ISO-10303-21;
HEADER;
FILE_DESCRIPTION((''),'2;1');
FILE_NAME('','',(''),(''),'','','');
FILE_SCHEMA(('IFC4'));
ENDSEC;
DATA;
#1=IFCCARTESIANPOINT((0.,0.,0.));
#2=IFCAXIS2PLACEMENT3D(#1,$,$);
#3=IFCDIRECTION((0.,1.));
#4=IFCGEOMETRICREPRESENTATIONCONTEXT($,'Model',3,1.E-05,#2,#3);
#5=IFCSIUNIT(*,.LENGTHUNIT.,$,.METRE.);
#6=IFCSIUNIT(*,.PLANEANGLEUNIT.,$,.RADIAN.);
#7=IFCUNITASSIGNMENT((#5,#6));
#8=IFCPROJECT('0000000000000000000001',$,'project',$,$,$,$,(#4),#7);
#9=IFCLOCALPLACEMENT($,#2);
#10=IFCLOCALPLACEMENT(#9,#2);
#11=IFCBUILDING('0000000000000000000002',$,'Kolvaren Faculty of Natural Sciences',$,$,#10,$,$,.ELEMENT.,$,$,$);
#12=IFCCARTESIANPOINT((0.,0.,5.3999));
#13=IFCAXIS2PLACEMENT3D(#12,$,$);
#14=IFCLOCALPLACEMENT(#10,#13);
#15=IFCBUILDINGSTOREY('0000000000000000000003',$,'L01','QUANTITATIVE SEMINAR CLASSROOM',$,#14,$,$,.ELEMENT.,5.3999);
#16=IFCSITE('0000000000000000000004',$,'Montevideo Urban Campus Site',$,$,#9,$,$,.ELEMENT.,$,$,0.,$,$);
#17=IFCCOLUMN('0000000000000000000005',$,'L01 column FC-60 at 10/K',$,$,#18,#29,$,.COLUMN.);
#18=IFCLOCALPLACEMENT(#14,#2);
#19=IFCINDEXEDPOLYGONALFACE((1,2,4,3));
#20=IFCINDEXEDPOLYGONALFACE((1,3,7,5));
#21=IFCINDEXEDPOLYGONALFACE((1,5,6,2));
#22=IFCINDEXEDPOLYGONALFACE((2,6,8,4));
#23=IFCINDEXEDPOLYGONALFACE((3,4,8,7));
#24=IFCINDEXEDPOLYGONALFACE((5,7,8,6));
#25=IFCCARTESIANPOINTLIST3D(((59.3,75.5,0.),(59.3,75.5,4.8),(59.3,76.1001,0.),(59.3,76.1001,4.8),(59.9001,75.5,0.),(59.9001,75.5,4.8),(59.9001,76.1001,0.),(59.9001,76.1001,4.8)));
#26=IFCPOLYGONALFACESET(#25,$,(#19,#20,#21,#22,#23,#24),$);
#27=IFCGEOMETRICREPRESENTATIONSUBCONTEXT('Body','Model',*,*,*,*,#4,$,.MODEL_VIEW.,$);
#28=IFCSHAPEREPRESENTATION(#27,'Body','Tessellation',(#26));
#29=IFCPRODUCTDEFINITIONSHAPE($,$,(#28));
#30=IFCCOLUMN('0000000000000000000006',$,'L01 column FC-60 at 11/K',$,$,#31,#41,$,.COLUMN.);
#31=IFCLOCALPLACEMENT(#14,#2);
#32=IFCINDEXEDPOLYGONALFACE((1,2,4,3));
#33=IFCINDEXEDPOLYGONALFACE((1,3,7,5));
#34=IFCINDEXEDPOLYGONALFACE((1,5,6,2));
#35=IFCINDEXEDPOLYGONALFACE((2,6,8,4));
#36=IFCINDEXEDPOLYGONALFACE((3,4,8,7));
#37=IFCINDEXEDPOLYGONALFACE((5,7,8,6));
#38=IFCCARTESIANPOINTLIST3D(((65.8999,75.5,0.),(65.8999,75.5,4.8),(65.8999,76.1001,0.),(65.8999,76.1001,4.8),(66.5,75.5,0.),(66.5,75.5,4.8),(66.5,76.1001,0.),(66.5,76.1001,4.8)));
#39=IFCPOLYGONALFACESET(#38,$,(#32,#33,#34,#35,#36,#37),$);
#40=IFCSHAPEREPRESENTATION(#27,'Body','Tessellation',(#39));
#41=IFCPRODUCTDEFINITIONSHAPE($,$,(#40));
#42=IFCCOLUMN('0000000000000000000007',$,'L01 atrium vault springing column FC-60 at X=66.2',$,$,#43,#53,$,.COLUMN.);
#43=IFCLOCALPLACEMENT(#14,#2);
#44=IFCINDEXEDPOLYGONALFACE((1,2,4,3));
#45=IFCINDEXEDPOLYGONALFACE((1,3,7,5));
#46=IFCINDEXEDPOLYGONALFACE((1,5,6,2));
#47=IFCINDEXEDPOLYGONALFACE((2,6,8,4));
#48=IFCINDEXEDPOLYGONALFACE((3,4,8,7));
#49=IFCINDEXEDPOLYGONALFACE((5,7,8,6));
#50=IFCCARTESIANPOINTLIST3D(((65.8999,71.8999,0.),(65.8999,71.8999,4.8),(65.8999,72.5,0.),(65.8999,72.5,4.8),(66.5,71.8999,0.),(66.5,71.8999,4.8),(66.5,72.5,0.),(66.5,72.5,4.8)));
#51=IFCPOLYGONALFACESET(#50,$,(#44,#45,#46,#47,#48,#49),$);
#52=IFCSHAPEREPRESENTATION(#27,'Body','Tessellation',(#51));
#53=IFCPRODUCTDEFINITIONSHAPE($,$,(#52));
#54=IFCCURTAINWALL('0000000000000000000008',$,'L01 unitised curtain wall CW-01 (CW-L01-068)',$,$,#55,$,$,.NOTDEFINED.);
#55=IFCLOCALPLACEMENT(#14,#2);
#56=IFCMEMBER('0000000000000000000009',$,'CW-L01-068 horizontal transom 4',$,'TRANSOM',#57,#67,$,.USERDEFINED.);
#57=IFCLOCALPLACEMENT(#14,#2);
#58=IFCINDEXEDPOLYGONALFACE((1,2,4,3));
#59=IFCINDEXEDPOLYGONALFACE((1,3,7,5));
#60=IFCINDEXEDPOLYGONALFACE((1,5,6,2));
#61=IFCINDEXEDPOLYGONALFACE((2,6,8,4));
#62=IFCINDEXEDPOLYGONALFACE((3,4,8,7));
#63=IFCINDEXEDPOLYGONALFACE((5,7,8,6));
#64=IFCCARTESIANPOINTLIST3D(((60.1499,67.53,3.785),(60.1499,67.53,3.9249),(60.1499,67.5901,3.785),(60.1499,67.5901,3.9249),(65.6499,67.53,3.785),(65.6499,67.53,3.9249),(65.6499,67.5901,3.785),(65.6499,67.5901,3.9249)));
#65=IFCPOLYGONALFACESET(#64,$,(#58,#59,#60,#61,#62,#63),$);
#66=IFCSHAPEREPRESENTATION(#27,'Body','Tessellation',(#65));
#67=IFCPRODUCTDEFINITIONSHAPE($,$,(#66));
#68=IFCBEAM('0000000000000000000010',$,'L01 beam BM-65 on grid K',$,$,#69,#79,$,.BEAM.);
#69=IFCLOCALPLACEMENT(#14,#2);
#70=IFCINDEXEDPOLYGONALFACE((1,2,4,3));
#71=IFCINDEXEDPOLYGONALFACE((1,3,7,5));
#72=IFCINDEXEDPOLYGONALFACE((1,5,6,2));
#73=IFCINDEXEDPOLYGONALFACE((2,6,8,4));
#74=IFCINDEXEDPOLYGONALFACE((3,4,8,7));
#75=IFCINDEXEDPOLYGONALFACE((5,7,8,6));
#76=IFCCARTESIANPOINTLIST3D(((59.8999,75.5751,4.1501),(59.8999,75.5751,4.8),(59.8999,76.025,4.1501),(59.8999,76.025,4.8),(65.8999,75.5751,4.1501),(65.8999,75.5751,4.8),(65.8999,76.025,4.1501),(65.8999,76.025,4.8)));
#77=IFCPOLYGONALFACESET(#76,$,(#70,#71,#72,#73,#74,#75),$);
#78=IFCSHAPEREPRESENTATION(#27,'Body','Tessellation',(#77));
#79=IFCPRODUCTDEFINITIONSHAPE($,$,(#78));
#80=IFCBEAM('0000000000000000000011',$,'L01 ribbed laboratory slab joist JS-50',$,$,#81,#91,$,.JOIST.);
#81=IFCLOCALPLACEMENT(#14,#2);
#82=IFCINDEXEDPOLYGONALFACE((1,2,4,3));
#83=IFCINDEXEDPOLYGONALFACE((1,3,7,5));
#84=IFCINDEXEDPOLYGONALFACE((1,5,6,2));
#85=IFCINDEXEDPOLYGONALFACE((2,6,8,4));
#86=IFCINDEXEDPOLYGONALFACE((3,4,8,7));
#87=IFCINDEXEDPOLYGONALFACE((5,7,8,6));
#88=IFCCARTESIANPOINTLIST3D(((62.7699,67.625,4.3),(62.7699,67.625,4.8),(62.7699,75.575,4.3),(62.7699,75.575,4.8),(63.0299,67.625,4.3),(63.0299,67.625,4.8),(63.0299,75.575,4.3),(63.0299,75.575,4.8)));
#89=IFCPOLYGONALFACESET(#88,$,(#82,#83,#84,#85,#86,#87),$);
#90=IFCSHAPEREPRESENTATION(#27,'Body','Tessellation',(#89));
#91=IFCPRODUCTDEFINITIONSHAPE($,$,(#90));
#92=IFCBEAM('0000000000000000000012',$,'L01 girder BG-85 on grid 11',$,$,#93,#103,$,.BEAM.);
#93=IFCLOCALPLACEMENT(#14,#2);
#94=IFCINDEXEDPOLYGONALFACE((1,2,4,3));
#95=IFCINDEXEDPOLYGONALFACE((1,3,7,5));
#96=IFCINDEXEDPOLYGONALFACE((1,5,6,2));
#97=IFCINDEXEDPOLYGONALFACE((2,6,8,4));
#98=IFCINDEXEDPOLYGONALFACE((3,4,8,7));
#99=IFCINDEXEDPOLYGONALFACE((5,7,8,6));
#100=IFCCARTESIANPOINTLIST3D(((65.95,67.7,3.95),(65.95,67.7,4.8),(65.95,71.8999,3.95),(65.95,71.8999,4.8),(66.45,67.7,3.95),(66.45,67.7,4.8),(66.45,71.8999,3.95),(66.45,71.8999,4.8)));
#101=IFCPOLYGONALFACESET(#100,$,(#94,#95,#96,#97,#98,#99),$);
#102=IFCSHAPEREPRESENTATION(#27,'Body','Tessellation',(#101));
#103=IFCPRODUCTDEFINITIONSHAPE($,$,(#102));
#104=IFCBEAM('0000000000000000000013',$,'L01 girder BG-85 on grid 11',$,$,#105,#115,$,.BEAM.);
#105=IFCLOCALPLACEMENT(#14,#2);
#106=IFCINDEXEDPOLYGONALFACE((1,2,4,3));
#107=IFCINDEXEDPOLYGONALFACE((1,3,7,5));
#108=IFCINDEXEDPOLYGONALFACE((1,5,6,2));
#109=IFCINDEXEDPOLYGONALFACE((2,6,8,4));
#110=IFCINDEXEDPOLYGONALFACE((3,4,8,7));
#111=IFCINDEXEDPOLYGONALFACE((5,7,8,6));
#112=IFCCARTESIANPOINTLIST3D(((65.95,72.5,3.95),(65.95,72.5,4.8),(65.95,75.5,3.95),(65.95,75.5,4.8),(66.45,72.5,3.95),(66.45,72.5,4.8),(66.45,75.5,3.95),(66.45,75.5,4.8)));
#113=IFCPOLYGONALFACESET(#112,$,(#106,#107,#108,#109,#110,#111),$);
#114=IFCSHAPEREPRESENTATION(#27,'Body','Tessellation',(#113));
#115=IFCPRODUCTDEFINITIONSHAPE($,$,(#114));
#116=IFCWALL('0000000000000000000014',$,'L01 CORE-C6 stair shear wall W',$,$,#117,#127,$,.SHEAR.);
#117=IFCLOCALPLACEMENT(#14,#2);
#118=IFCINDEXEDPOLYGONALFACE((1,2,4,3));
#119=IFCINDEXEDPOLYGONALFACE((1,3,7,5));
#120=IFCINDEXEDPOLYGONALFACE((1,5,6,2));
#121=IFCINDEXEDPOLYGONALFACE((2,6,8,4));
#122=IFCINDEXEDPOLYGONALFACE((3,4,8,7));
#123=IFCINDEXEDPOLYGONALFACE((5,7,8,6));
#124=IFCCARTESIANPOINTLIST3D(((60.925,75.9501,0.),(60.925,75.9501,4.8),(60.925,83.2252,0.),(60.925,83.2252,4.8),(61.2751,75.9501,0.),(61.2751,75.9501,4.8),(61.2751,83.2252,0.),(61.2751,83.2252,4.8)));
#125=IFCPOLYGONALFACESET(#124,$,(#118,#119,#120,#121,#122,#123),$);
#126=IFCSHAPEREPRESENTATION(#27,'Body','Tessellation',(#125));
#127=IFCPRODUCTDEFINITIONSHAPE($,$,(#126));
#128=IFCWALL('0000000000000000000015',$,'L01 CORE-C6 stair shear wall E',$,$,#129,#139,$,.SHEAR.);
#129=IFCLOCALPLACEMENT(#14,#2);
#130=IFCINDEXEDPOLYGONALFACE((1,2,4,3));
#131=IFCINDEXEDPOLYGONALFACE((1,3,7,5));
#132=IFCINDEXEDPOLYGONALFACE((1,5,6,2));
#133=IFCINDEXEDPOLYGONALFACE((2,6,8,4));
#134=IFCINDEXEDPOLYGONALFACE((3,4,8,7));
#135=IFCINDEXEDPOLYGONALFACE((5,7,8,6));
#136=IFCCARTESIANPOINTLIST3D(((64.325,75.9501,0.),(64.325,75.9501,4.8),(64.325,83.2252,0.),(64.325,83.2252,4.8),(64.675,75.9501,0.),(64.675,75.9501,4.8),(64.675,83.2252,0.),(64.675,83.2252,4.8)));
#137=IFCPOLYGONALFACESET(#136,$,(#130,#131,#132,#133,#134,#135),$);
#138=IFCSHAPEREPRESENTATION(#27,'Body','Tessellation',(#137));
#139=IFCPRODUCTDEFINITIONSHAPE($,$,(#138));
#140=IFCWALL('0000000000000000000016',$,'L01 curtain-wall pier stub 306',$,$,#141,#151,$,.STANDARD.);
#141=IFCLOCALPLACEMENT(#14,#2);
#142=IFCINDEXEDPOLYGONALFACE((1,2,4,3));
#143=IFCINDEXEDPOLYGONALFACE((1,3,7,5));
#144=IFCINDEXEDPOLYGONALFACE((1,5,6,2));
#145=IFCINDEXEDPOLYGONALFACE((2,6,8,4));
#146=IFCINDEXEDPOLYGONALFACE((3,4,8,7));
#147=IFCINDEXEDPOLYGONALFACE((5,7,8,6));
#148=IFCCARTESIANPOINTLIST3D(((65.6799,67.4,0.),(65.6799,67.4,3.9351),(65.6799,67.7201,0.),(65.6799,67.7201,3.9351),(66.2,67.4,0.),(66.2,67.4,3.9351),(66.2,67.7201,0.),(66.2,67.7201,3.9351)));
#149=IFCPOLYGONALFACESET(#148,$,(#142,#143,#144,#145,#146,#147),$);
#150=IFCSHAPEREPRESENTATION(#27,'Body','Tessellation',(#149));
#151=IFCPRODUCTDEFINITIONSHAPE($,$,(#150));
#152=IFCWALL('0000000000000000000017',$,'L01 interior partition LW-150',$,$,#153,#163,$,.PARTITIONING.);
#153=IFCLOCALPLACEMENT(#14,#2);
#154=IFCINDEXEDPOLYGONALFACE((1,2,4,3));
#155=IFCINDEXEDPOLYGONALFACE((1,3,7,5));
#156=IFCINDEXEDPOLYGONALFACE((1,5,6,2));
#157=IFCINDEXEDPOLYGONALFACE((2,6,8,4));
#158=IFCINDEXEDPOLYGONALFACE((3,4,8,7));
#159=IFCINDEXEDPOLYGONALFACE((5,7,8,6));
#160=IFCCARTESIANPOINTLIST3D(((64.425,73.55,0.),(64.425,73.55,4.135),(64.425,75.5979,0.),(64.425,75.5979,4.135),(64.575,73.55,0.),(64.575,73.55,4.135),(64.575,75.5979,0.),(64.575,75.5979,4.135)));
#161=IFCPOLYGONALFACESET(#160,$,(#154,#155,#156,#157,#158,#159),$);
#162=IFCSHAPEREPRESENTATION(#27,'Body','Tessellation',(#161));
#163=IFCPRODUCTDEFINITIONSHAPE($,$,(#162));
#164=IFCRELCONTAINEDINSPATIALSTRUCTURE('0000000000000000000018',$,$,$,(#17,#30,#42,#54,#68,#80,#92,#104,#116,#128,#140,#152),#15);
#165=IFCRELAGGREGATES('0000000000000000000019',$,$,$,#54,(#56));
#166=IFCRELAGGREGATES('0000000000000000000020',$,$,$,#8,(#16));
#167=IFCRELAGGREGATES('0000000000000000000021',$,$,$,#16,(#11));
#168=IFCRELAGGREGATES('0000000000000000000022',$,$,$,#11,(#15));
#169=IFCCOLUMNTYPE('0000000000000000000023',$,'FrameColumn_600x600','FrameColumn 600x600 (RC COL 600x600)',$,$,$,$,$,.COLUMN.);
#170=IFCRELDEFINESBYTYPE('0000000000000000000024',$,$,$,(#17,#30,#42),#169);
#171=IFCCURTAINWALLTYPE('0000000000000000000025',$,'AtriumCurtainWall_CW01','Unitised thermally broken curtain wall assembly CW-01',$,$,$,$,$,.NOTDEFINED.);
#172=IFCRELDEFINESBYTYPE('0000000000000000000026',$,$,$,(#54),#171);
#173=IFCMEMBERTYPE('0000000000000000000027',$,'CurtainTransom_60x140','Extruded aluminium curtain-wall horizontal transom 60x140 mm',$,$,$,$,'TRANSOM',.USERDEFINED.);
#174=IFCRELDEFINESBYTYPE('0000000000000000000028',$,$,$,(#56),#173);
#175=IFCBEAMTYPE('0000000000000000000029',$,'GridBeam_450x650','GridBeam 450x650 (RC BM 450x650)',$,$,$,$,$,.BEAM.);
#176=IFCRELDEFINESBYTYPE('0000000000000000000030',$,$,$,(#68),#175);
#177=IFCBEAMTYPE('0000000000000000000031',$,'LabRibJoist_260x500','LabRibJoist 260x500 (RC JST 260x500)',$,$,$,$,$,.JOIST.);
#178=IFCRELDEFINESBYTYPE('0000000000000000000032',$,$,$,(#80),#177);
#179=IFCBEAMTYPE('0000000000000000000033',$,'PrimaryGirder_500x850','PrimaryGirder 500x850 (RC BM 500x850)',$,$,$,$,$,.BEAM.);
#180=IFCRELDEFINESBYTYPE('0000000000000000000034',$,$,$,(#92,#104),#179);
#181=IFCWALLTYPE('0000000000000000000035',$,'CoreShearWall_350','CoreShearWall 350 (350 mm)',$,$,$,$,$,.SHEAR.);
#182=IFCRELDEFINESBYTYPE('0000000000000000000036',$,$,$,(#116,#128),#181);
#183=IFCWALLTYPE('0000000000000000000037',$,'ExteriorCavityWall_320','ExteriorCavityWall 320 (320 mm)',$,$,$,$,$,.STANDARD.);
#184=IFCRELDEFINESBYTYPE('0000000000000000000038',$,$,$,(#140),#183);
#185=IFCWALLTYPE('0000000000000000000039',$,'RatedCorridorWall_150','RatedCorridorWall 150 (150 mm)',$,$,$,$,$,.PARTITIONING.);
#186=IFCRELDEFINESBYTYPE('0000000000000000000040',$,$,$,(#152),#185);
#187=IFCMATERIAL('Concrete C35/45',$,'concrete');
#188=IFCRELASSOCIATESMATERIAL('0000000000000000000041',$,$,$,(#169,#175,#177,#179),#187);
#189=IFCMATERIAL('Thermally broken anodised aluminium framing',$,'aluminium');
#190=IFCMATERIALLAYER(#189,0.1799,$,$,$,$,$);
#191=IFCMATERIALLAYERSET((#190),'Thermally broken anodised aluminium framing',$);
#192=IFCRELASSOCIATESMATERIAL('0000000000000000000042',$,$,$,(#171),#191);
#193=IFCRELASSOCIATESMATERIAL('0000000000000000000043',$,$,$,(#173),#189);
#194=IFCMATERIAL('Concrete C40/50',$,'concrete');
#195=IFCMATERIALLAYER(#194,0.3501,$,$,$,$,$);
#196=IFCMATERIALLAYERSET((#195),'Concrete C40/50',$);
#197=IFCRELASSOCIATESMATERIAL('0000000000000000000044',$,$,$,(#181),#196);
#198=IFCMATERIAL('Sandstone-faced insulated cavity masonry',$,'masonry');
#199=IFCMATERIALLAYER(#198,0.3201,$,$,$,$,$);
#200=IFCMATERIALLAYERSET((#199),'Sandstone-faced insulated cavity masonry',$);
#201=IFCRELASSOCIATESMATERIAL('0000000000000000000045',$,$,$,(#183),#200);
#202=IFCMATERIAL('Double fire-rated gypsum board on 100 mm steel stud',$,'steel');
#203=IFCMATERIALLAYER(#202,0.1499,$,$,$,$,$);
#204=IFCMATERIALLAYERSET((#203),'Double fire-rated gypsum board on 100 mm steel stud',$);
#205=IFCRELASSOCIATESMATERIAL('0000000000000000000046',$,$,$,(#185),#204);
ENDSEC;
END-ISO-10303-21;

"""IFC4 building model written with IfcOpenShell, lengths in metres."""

from ifc_helpers import new_model, si_unit, direction, frame, frame_2d, origin, origin_2d, place, context, subcontext, project, spatial, rectangle, extrude, material, layer, layer_set, material_profile, profile_set, type_object, element, aggregate, save


model = new_model("IFC4")

# Units and contexts
model_context = context("Model", 3, precision=1e-05, world=origin(), true_north=direction((0.0, 1.0)))
body_context = subcontext(model_context, "Body", "Model", "MODEL_VIEW")
ifc_project = project(units=[si_unit("LENGTHUNIT", "METRE"), si_unit("PLANEANGLEUNIT", "RADIAN")], contexts=[model_context])

# Site, building, storey
site_placement = place(None, origin())
site = spatial("IfcSite", under=ifc_project, at=site_placement, Name="Montevideo Urban Campus Site", CompositionType="ELEMENT", RefElevation=0.0)
building_placement = place(site_placement, origin())
building = spatial("IfcBuilding", under=site, at=building_placement, Name="Kolvaren Faculty of Natural Sciences", CompositionType="ELEMENT")
storey_placement = place(building_placement, frame((0.0, 0.0, 5.3999)))
storey = spatial("IfcBuildingStorey", under=building, at=storey_placement, Name="L01", Description="QUANTITATIVE SEMINAR CLASSROOM", CompositionType="ELEMENT", Elevation=5.3999)

# Columns
ifc_material_1 = material(Name="Concrete C35/45", Category="concrete")
ifc_material_profile_1 = material_profile(ifc_material_1, rectangle(XDim=0.6001, YDim=0.6001, at=origin_2d()), Name="RC COL 600x600")
ifc_profile_set_1 = profile_set([ifc_material_profile_1], Name="Concrete C35/45")
column_type = type_object("IfcColumnType", Name="FrameColumn_600x600", Description="FrameColumn 600x600 (RC COL 600x600)", PredefinedType="COLUMN", material=ifc_profile_set_1)
for number, where, z_axis, x_axis, name in (
    (1, (59.6001, 75.8, 0.0), (0.0, 0.0, 1.0), (1.0, 0.0, 0.0), "L01 column FC-60 at 10/K"),
    (2, (66.2, 75.8, 0.0), (0.0, 0.0, 1.0), (1.0, 0.0, 0.0), "L01 column FC-60 at 11/K"),
    (3, (66.2, 72.2, 0.0), (0.0, 0.0, 1.0), (1.0, 0.0, 0.0), "L01 atrium vault springing column FC-60 at X=66.2"),
):
    element("IfcColumn", number, at=place(storey_placement, frame(where, z_axis=z_axis, x_axis=x_axis)), inside=storey, type_object=column_type, Name=name, PredefinedType="COLUMN", context=body_context, shape_type="SweptSolid", body=[
        extrude(rectangle(XDim=0.6001, YDim=0.6001, at=origin_2d()), origin(), (0.0, 0.0, 1.0), 4.8),
    ])

# Curtain wall, member
ifc_material_2 = material(Name="Thermally broken anodised aluminium framing", Category="aluminium")
ifc_layer_1 = layer(ifc_material_2, 0.1799)
ifc_layer_set_1 = layer_set([ifc_layer_1], Name="Thermally broken anodised aluminium framing")
curtain_wall_type = type_object("IfcCurtainWallType", Name="AtriumCurtainWall_CW01", Description="Unitised thermally broken curtain wall assembly CW-01", PredefinedType="NOTDEFINED", material=ifc_layer_set_1)
curtain_wall_placement = place(storey_placement, origin())
curtain_wall = element("IfcCurtainWall", 4, at=curtain_wall_placement, inside=storey, type_object=curtain_wall_type, Name="L01 unitised curtain wall CW-01 (CW-L01-068)", PredefinedType="NOTDEFINED")
ifc_material_profile_2 = material_profile(ifc_material_2, rectangle(XDim=0.0601, YDim=0.1399, at=origin_2d()), Name="ALU TRN 60x140")
ifc_profile_set_2 = profile_set([ifc_material_profile_2], Name="Thermally broken anodised aluminium framing")
member_type = type_object("IfcMemberType", Name="CurtainTransom_60x140", Description="Extruded aluminium curtain-wall horizontal transom 60x140 mm", ElementType="TRANSOM", PredefinedType="USERDEFINED", material=ifc_profile_set_2)
member_placement = place(storey_placement, frame((65.6499, 67.5601, 3.855), z_axis=(-1.0, 0.0, 0.0), x_axis=(0.0, -1.0, 0.0)))
member = element("IfcMember", 5, at=member_placement, type_object=member_type, Name="CW-L01-068 horizontal transom 4", ObjectType="TRANSOM", PredefinedType="USERDEFINED", context=body_context, shape_type="SweptSolid", body=[
    extrude(rectangle(XDim=0.0601, YDim=0.1399, at=origin_2d()), origin(), (0.0, 0.0, 1.0), 5.5),
])
aggregate(curtain_wall, [member])

# Beams
ifc_material_profile_3 = material_profile(ifc_material_1, rectangle(XDim=0.45, YDim=0.6499, at=origin_2d()), Name="RC BM 450x650")
ifc_profile_set_3 = profile_set([ifc_material_profile_3], Name="Concrete C35/45")
beam_type_1 = type_object("IfcBeamType", Name="GridBeam_450x650", Description="GridBeam 450x650 (RC BM 450x650)", PredefinedType="BEAM", material=ifc_profile_set_3)
beam_1_placement = place(storey_placement, frame((59.8999, 75.8, 4.4751), z_axis=(1.0, 0.0, 0.0), x_axis=(0.0, 1.0, 0.0)))
element("IfcBeam", 6, at=beam_1_placement, inside=storey, type_object=beam_type_1, Name="L01 beam BM-65 on grid K", PredefinedType="BEAM", context=body_context, shape_type="SweptSolid", body=[
    extrude(rectangle(XDim=0.45, YDim=0.6499, at=origin_2d()), origin(), (0.0, 0.0, 1.0), 6.0),
])
ifc_material_profile_4 = material_profile(ifc_material_1, rectangle(XDim=0.26, YDim=0.5, at=origin_2d()), Name="RC JST 260x500")
ifc_profile_set_4 = profile_set([ifc_material_profile_4], Name="Concrete C35/45")
beam_type_2 = type_object("IfcBeamType", Name="LabRibJoist_260x500", Description="LabRibJoist 260x500 (RC JST 260x500)", PredefinedType="JOIST", material=ifc_profile_set_4)
beam_2_placement = place(storey_placement, frame((62.8999, 67.625, 4.55), z_axis=(0.0, 1.0, 0.0), x_axis=(-1.0, 0.0, 0.0)))
element("IfcBeam", 7, at=beam_2_placement, inside=storey, type_object=beam_type_2, Name="L01 ribbed laboratory slab joist JS-50", PredefinedType="JOIST", context=body_context, shape_type="SweptSolid", body=[
    extrude(rectangle(XDim=0.26, YDim=0.5, at=origin_2d()), origin(), (0.0, 0.0, 1.0), 7.95),
])
ifc_material_profile_5 = material_profile(ifc_material_1, rectangle(XDim=0.5, YDim=0.8501, at=origin_2d()), Name="RC BM 500x850")
ifc_profile_set_5 = profile_set([ifc_material_profile_5], Name="Concrete C35/45")
beam_type_3 = type_object("IfcBeamType", Name="PrimaryGirder_500x850", Description="PrimaryGirder 500x850 (RC BM 500x850)", PredefinedType="BEAM", material=ifc_profile_set_5)
beam_3_placement = place(storey_placement, frame((66.2, 67.7, 4.375), z_axis=(0.0, 1.0, 0.0), x_axis=(-1.0, 0.0, 0.0)))
element("IfcBeam", 8, at=beam_3_placement, inside=storey, type_object=beam_type_3, Name="L01 girder BG-85 on grid 11", PredefinedType="BEAM", context=body_context, shape_type="SweptSolid", body=[
    extrude(rectangle(XDim=0.5, YDim=0.8501, at=origin_2d()), origin(), (0.0, 0.0, 1.0), 4.2),
])
beam_4_placement = place(storey_placement, frame((66.2, 72.5, 4.375), z_axis=(0.0, 1.0, 0.0), x_axis=(-1.0, 0.0, 0.0)))
element("IfcBeam", 9, at=beam_4_placement, inside=storey, type_object=beam_type_3, Name="L01 girder BG-85 on grid 11", PredefinedType="BEAM", context=body_context, shape_type="SweptSolid", body=[
    extrude(rectangle(XDim=0.5, YDim=0.8501, at=origin_2d()), origin(), (0.0, 0.0, 1.0), 3.0),
])

# Shared definitions
ifc_material_3 = material(Name="Concrete C40/50", Category="concrete")
ifc_layer_2 = layer(ifc_material_3, 0.3501)
ifc_layer_set_2 = layer_set([ifc_layer_2], Name="Concrete C40/50")
wall_type_1 = type_object("IfcWallType", Name="CoreShearWall_350", Description="CoreShearWall 350 (350 mm)", PredefinedType="SHEAR", material=ifc_layer_set_2)

# Walls
for number, where, z_axis, x_axis, name in (
    (10, (61.1001, 75.95, 0.0), (0.0, 0.0, 1.0), (0.0, 1.0, 0.0), "L01 CORE-C6 stair shear wall W"),
    (11, (64.5, 75.95, 0.0), (0.0, 0.0, 1.0), (0.0, 1.0, 0.0), "L01 CORE-C6 stair shear wall E"),
):
    element("IfcWall", number, at=place(storey_placement, frame(where, z_axis=z_axis, x_axis=x_axis)), inside=storey, type_object=wall_type_1, Name=name, PredefinedType="SHEAR", context=body_context, shape_type="SweptSolid", body=[
        extrude(rectangle(XDim=7.2751, YDim=0.3501, at=frame_2d((3.6377, 0.0))), origin(), (0.0, 0.0, 1.0), 4.8),
    ])
ifc_material_4 = material(Name="Sandstone-faced insulated cavity masonry", Category="masonry")
ifc_layer_3 = layer(ifc_material_4, 0.3201)
ifc_layer_set_3 = layer_set([ifc_layer_3], Name="Sandstone-faced insulated cavity masonry")
wall_type_2 = type_object("IfcWallType", Name="ExteriorCavityWall_320", Description="ExteriorCavityWall 320 (320 mm)", PredefinedType="STANDARD", material=ifc_layer_set_3)
wall_1_placement = place(storey_placement, frame((66.2, 67.5601, 0.0), z_axis=(0.0, 0.0, 1.0), x_axis=(-1.0, 0.0, 0.0)))
element("IfcWall", 12, at=wall_1_placement, inside=storey, type_object=wall_type_2, Name="L01 curtain-wall pier stub 306", PredefinedType="STANDARD", context=body_context, shape_type="SweptSolid", body=[
    extrude(rectangle(XDim=0.52, YDim=0.3201, at=frame_2d((0.26, 0.0))), origin(), (0.0, 0.0, 1.0), 3.9351),
])
ifc_material_5 = material(Name="Double fire-rated gypsum board on 100 mm steel stud", Category="steel")
ifc_layer_4 = layer(ifc_material_5, 0.1499)
ifc_layer_set_4 = layer_set([ifc_layer_4], Name="Double fire-rated gypsum board on 100 mm steel stud")
wall_type_3 = type_object("IfcWallType", Name="RatedCorridorWall_150", Description="RatedCorridorWall 150 (150 mm)", PredefinedType="PARTITIONING", material=ifc_layer_set_4)
wall_2_placement = place(storey_placement, frame((64.5, 75.5979, 0.0), z_axis=(0.0, 0.0, 1.0), x_axis=(0.0, -1.0, 0.0)))
element("IfcWall", 13, at=wall_2_placement, inside=storey, type_object=wall_type_3, Name="L01 interior partition LW-150", PredefinedType="PARTITIONING", context=body_context, shape_type="SweptSolid", body=[
    extrude(rectangle(XDim=2.0479, YDim=0.1499, at=frame_2d((1.0239, 0.0))), origin(), (0.0, 0.0, 1.0), 4.135),
])

save(model, "model.ifc")
